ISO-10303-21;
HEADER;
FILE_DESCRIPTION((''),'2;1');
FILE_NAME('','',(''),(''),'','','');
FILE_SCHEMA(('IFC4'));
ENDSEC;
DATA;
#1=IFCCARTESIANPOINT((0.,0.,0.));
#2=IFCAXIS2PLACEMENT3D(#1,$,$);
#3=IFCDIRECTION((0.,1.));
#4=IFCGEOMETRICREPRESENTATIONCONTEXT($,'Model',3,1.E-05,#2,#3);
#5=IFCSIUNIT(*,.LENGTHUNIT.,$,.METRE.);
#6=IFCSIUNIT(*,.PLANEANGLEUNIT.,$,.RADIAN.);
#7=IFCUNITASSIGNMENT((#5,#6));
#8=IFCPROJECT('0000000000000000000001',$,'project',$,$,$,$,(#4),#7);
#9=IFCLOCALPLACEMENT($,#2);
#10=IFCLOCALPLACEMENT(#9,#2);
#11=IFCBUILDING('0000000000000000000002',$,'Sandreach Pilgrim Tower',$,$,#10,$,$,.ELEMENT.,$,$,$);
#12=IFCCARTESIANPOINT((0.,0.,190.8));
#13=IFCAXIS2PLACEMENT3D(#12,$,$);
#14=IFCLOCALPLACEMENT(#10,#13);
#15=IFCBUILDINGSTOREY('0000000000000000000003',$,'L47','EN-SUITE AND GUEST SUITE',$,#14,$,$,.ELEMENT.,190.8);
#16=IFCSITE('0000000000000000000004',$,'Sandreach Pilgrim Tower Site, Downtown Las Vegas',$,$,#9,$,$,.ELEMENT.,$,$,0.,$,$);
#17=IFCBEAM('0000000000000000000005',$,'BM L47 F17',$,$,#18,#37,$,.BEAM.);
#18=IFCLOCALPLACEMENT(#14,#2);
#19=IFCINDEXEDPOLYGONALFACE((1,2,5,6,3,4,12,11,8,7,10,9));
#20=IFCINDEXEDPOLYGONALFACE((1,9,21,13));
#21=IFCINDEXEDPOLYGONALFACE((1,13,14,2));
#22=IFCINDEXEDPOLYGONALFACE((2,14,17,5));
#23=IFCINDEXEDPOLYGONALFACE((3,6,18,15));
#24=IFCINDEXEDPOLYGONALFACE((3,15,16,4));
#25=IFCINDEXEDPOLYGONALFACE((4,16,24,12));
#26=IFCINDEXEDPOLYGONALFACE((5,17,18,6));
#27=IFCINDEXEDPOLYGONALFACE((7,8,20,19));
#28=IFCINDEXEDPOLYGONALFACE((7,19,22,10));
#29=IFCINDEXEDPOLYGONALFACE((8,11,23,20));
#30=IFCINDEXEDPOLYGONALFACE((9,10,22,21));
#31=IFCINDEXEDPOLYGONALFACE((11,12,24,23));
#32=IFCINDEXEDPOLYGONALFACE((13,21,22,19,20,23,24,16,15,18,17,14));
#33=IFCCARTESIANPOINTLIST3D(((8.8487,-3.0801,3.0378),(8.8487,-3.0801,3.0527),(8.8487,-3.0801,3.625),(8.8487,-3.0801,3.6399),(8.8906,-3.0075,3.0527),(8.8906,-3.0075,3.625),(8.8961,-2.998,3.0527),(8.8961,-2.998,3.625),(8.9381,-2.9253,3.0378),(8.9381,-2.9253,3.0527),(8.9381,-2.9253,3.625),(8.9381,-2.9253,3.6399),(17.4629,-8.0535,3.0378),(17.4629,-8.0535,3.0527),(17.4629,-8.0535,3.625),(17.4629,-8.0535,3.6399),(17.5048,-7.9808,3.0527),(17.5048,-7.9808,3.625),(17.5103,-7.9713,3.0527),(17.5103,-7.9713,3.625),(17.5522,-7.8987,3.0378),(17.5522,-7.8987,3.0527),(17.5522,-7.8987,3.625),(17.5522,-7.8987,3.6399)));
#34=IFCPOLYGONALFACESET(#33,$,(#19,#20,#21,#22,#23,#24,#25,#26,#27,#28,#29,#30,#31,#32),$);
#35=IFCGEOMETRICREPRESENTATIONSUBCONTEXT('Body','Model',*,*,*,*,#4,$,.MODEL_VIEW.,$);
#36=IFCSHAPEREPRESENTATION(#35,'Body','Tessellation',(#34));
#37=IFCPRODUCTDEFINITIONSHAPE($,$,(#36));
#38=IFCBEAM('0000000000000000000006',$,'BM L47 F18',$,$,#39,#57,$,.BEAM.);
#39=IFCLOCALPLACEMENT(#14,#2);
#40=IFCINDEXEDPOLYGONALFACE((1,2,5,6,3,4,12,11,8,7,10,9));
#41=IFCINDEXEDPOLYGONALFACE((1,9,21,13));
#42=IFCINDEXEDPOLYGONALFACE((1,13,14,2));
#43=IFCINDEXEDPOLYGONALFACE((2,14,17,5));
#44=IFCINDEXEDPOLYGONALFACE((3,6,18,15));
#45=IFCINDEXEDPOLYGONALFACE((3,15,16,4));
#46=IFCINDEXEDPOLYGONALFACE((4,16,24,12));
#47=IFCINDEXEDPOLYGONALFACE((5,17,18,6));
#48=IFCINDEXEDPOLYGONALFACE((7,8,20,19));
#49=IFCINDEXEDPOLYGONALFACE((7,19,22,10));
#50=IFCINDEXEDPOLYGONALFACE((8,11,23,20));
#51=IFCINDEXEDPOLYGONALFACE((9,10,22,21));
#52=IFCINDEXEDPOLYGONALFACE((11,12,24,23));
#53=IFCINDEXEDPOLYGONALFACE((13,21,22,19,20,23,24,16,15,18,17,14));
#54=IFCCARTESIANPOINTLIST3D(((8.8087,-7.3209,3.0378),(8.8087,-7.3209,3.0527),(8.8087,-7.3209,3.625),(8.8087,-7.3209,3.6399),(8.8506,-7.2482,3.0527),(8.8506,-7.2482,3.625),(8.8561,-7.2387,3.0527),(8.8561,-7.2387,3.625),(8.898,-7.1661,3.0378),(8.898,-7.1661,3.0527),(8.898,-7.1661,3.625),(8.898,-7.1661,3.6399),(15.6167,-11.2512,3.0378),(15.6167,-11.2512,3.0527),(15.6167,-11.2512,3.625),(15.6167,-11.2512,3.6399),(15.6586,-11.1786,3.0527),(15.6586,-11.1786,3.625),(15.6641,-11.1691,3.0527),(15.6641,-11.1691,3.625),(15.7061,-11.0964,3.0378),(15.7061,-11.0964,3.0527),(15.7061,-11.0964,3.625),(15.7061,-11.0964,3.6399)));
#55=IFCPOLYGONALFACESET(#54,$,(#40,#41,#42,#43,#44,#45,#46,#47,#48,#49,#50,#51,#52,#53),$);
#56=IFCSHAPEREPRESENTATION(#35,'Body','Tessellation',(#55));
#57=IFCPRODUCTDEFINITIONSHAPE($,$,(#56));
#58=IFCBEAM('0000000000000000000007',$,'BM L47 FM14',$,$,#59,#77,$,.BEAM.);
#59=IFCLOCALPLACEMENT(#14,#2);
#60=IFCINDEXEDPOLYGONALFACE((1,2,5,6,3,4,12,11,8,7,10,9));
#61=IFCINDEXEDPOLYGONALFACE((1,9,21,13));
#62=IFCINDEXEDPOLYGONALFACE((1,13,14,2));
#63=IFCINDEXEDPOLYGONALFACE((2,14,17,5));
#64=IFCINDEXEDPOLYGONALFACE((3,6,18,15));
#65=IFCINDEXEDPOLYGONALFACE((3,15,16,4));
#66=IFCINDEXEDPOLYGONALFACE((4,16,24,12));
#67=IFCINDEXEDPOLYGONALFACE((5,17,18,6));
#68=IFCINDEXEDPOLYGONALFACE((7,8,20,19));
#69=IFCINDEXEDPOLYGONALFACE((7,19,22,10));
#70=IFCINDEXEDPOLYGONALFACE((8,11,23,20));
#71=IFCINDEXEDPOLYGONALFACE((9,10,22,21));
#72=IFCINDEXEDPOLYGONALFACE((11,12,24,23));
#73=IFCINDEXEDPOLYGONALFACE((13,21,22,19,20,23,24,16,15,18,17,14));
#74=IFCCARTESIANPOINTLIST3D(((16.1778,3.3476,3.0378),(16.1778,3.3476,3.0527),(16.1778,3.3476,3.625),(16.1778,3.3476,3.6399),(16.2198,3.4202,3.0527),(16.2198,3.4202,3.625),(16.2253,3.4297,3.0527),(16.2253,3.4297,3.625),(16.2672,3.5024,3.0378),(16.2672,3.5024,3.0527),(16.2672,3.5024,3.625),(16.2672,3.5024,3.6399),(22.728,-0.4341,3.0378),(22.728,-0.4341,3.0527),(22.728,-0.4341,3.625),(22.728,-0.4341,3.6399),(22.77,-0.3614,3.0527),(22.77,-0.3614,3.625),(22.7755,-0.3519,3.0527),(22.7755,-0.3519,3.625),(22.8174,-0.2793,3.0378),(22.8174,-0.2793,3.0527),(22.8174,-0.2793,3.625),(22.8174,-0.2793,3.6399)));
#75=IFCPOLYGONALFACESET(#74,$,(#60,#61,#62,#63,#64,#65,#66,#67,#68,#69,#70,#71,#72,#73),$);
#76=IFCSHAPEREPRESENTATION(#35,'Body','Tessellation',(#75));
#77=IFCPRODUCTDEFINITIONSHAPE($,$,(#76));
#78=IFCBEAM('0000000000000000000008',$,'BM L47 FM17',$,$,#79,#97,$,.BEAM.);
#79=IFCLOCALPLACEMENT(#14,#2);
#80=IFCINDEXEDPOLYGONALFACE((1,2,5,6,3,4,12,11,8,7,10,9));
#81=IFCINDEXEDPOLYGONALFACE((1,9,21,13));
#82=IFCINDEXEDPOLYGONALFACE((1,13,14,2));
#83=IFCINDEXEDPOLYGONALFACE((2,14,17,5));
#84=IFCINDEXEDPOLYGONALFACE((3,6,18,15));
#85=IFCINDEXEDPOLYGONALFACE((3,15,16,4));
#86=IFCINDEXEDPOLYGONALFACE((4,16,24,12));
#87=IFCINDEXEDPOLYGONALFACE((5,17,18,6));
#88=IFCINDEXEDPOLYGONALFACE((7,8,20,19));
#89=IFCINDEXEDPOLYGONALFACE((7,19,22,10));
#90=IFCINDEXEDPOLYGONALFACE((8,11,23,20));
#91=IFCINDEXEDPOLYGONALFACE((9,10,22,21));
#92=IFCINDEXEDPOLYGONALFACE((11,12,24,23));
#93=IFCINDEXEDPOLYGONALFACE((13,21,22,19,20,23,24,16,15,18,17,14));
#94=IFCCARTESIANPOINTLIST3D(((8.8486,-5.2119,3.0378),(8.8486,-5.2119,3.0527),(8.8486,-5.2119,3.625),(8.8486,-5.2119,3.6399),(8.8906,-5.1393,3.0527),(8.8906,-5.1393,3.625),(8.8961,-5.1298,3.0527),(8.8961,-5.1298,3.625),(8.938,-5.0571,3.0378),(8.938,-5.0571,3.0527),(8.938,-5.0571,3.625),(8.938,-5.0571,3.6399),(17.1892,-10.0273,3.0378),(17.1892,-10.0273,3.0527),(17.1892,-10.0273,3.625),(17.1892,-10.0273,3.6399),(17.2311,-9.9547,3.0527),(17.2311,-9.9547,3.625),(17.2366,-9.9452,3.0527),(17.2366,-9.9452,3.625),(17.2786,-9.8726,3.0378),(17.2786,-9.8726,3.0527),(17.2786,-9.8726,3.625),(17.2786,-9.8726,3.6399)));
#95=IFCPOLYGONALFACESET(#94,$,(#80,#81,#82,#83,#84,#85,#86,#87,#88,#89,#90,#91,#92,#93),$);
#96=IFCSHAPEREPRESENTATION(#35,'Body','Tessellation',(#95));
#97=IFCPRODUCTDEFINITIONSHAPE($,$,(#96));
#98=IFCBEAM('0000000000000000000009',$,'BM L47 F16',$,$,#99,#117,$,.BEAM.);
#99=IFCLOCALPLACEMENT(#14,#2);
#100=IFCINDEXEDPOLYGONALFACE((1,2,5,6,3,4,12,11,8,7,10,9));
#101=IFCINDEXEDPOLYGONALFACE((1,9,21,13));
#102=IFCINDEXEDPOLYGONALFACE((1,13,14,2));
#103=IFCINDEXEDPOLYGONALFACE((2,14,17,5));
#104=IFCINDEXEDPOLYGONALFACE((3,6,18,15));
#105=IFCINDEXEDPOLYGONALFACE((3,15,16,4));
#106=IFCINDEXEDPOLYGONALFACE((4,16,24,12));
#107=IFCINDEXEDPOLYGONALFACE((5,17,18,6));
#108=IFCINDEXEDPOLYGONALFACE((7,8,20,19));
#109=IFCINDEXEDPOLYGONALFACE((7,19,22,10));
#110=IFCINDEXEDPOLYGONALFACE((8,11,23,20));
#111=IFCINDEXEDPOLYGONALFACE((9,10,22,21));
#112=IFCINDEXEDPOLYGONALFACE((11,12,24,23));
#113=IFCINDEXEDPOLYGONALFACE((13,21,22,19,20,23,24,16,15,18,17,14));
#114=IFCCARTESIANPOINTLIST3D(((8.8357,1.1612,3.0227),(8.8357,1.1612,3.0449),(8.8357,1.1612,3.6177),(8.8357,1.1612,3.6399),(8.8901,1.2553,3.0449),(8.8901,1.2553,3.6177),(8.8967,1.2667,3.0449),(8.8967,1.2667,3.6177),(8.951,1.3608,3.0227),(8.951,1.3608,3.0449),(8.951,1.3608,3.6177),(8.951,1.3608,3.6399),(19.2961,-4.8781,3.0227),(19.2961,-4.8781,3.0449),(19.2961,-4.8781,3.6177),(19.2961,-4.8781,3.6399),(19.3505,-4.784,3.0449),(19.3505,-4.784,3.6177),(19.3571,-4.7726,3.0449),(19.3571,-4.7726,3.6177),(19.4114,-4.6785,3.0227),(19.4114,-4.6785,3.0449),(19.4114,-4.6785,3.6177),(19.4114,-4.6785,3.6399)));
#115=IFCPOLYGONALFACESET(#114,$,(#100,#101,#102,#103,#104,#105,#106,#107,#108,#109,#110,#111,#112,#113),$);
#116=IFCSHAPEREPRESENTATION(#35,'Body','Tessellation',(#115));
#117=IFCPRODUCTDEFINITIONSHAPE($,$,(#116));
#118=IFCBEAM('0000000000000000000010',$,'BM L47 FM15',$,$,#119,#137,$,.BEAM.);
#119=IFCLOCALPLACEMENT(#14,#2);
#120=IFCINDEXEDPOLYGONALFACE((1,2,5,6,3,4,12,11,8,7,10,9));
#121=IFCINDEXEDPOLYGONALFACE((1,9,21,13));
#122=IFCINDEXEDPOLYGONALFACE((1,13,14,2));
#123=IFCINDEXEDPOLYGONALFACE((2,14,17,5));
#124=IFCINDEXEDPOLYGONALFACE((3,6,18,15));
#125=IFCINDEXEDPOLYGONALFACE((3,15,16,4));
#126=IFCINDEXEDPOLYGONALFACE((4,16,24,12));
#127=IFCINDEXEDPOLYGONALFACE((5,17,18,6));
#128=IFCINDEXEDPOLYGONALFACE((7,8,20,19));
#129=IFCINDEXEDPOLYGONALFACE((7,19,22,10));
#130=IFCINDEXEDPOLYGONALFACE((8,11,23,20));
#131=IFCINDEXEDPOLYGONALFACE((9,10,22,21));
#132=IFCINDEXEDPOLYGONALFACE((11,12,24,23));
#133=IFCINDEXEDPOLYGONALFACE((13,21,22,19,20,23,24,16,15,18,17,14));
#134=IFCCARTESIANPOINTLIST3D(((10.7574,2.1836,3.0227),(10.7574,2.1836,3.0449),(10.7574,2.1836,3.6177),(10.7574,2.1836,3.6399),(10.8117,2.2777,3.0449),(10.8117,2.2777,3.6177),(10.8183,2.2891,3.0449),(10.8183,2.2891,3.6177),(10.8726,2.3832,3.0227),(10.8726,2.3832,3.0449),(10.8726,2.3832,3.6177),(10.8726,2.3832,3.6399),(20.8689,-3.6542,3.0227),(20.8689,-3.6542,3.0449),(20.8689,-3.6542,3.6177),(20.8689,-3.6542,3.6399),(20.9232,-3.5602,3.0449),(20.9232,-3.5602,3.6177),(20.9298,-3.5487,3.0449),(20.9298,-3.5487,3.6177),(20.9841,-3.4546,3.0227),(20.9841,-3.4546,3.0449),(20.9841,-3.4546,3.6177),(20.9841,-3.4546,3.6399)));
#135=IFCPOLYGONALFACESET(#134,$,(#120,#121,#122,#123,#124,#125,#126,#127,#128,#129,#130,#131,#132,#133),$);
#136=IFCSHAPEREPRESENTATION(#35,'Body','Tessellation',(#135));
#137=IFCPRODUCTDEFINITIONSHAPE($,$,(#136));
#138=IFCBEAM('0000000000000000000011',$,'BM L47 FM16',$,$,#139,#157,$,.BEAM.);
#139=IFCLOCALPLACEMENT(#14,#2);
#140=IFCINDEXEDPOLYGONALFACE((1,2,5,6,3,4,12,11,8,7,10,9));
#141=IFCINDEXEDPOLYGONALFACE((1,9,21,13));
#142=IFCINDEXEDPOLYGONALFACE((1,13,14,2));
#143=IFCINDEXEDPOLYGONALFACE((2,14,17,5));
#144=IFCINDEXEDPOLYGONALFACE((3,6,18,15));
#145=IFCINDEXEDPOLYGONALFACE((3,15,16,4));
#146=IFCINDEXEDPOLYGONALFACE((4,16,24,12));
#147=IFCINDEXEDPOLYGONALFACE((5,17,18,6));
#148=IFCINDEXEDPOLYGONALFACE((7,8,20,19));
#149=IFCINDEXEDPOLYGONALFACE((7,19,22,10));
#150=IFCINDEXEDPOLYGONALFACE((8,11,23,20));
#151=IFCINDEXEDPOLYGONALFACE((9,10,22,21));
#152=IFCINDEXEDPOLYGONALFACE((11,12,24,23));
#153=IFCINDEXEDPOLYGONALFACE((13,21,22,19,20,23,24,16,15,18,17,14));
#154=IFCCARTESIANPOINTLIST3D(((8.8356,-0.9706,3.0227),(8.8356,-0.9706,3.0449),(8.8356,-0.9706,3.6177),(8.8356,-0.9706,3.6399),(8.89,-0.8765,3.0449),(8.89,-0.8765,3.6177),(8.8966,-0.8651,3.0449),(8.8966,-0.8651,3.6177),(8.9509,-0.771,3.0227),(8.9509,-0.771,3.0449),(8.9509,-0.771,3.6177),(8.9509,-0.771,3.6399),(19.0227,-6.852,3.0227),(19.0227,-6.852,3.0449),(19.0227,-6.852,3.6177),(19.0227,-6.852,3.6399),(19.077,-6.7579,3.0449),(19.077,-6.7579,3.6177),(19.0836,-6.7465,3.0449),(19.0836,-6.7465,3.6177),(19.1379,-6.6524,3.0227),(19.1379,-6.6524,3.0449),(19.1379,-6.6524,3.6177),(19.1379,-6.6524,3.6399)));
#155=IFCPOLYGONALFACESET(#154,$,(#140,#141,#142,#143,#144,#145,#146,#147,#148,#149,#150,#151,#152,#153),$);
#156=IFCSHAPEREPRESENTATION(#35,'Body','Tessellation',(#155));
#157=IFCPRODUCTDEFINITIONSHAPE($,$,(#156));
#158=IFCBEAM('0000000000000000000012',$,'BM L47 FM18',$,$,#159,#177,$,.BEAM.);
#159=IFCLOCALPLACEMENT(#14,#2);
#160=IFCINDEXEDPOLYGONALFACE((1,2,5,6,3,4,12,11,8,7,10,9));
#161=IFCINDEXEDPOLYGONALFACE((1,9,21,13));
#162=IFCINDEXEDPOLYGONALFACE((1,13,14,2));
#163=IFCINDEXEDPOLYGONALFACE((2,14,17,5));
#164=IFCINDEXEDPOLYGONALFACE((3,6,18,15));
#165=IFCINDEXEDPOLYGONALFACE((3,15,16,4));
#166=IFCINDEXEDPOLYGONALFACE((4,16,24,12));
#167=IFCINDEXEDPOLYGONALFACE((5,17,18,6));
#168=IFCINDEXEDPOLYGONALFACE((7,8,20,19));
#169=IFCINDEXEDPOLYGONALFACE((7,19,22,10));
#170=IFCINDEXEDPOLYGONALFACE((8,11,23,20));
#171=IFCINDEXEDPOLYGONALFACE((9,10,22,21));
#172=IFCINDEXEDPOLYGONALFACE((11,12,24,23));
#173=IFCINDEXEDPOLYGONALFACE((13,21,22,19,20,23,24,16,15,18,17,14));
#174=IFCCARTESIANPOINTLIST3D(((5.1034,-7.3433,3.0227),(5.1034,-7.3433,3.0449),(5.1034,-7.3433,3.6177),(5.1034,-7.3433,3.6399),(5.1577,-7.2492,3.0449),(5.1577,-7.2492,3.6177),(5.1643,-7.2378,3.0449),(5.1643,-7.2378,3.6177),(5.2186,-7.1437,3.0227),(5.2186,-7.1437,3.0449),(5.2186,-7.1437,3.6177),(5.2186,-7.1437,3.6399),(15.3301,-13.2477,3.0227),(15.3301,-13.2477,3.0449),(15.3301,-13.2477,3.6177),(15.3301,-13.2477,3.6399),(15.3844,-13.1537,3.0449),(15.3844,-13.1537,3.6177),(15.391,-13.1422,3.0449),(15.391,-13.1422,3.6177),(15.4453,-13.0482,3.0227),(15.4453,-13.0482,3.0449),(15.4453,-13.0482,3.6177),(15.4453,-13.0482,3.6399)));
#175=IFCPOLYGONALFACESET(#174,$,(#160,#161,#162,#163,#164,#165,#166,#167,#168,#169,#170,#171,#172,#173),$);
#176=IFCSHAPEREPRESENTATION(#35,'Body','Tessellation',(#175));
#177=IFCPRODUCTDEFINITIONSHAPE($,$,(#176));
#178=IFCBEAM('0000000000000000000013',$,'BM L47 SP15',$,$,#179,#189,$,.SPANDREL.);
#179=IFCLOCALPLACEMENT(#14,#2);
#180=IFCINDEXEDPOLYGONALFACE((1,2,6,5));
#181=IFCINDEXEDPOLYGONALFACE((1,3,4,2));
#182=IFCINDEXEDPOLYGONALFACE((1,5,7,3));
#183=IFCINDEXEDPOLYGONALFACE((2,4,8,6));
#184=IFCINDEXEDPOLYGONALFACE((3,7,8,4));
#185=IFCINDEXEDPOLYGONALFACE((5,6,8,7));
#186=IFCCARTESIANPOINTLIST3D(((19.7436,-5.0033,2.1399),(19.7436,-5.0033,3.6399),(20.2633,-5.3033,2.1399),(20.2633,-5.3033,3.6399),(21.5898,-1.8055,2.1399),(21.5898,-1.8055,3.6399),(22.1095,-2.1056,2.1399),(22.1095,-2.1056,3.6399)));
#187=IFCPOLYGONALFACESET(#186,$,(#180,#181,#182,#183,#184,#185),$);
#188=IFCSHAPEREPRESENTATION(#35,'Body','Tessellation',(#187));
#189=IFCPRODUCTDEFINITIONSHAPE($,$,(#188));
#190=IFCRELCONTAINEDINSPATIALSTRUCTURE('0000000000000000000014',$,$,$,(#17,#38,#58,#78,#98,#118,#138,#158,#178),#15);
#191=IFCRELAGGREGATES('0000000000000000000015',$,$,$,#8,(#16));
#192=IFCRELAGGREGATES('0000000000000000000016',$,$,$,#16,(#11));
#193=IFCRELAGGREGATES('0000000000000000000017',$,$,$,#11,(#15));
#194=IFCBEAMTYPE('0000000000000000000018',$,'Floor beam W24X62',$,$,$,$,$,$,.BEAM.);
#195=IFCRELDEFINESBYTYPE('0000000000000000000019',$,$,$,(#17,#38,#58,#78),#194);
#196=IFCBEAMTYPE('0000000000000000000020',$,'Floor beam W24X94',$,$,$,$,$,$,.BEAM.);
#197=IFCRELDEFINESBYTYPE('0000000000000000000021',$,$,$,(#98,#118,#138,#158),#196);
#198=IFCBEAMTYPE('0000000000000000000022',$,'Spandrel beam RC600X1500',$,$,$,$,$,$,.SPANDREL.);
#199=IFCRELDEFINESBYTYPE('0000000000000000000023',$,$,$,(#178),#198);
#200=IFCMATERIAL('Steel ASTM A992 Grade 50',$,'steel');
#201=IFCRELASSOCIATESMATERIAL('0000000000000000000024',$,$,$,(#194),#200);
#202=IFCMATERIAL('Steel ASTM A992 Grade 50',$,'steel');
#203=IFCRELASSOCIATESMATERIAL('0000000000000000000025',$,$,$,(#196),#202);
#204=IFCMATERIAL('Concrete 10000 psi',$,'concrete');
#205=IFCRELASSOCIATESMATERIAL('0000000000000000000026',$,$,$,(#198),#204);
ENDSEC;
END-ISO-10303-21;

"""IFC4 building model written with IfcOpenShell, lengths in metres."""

from ifc_helpers import new_model, si_unit, direction, frame, origin, origin_2d, place, context, subcontext, project, spatial, rectangle, i_section, extrude, material, material_profile, profile_set, type_object, element, save


model = new_model("IFC4")

# Units and contexts
model_context = context("Model", 3, precision=1e-05, world=origin(), true_north=direction((0.0, 1.0)))
body_context = subcontext(model_context, "Body", "Model", "MODEL_VIEW")
ifc_project = project(units=[si_unit("LENGTHUNIT", "METRE"), si_unit("PLANEANGLEUNIT", "RADIAN")], contexts=[model_context])

# Site, building, storey
site_placement = place(None, origin())
site = spatial("IfcSite", under=ifc_project, at=site_placement, Name="Sandreach Pilgrim Tower Site, Downtown Las Vegas", CompositionType="ELEMENT", RefElevation=0.0)
building_placement = place(site_placement, origin())
building = spatial("IfcBuilding", under=site, at=building_placement, Name="Sandreach Pilgrim Tower", CompositionType="ELEMENT")
storey_placement = place(building_placement, frame((0.0, 0.0, 190.8)))
storey = spatial("IfcBuildingStorey", under=building, at=storey_placement, Name="L47", Description="EN-SUITE AND GUEST SUITE", CompositionType="ELEMENT", Elevation=190.8)

# Beams
ifc_material_1 = material(Name="Steel ASTM A992 Grade 50", Category="steel")
ifc_material_profile_1 = material_profile(ifc_material_1, i_section(OverallWidth=0.1787, OverallDepth=0.6021, WebThickness=0.011, FlangeThickness=0.0149, at=origin_2d()), Name="W24X62")
ifc_profile_set_1 = profile_set([ifc_material_profile_1], Name="Steel ASTM A992 Grade 50")
beam_type_1 = type_object("IfcBeamType", Name="Floor beam W24X62", PredefinedType="BEAM", material=ifc_profile_set_1)
beam_1_placement = place(storey_placement, frame((17.5076, -7.9761, 3.3389), z_axis=(-0.866028, 0.499996, 0.0), x_axis=(-0.499996, -0.866028, 0.0)))
element("IfcBeam", 1, at=beam_1_placement, inside=storey, type_object=beam_type_1, Name="BM L47 F17", PredefinedType="BEAM", context=body_context, shape_type="SweptSolid", body=[
    extrude(i_section(OverallWidth=0.1787, OverallDepth=0.6021, WebThickness=0.011, FlangeThickness=0.0149, at=origin_2d()), origin(), (0.0, 0.0, 1.0), 9.9468),
])
beam_2_placement = place(storey_placement, frame((15.6614, -11.1738, 3.3389), z_axis=(-0.866039, 0.499977, 0.0), x_axis=(-0.499977, -0.866039, 0.0)))
element("IfcBeam", 2, at=beam_2_placement, inside=storey, type_object=beam_type_1, Name="BM L47 F18", PredefinedType="BEAM", context=body_context, shape_type="SweptSolid", body=[
    extrude(i_section(OverallWidth=0.1787, OverallDepth=0.6021, WebThickness=0.011, FlangeThickness=0.0149, at=origin_2d()), origin(), (0.0, 0.0, 1.0), 7.8611),
])
beam_3_placement = place(storey_placement, frame((22.7727, -0.3567, 3.3389), z_axis=(-0.86603, 0.499993, 0.0), x_axis=(-0.499993, -0.86603, 0.0)))
element("IfcBeam", 3, at=beam_3_placement, inside=storey, type_object=beam_type_1, Name="BM L47 FM14", PredefinedType="BEAM", context=body_context, shape_type="SweptSolid", body=[
    extrude(i_section(OverallWidth=0.1787, OverallDepth=0.6021, WebThickness=0.011, FlangeThickness=0.0149, at=origin_2d()), origin(), (0.0, 0.0, 1.0), 7.5635),
])
beam_4_placement = place(storey_placement, frame((17.2339, -9.95, 3.3389), z_axis=(-0.866026, 0.5, 0.0), x_axis=(-0.5, -0.866026, 0.0)))
element("IfcBeam", 4, at=beam_4_placement, inside=storey, type_object=beam_type_1, Name="BM L47 FM17", PredefinedType="BEAM", context=body_context, shape_type="SweptSolid", body=[
    extrude(i_section(OverallWidth=0.1787, OverallDepth=0.6021, WebThickness=0.011, FlangeThickness=0.0149, at=origin_2d()), origin(), (0.0, 0.0, 1.0), 9.6309),
])
ifc_material_2 = material(Name="Steel ASTM A992 Grade 50", Category="steel")
ifc_material_profile_2 = material_profile(ifc_material_2, i_section(OverallWidth=0.2305, OverallDepth=0.6172, WebThickness=0.0132, FlangeThickness=0.0222, at=origin_2d()), Name="W24X94")
ifc_profile_set_2 = profile_set([ifc_material_profile_2], Name="Steel ASTM A992 Grade 50")
beam_type_2 = type_object("IfcBeamType", Name="Floor beam W24X94", PredefinedType="BEAM", material=ifc_profile_set_2)
beam_5_placement = place(storey_placement, frame((19.3538, -4.7783, 3.3313), z_axis=(-0.866027, 0.499998, 0.0), x_axis=(-0.499998, -0.866027, 0.0)))
element("IfcBeam", 5, at=beam_5_placement, inside=storey, type_object=beam_type_2, Name="BM L47 F16", PredefinedType="BEAM", context=body_context, shape_type="SweptSolid", body=[
    extrude(i_section(OverallWidth=0.2305, OverallDepth=0.6172, WebThickness=0.0132, FlangeThickness=0.0222, at=origin_2d()), origin(), (0.0, 0.0, 1.0), 12.0786),
])
beam_6_placement = place(storey_placement, frame((20.9265, -3.5544, 3.3313), z_axis=(-0.866026, 0.499998, 0.0), x_axis=(-0.499998, -0.866026, 0.0)))
element("IfcBeam", 6, at=beam_6_placement, inside=storey, type_object=beam_type_2, Name="BM L47 FM15", PredefinedType="BEAM", context=body_context, shape_type="SweptSolid", body=[
    extrude(i_section(OverallWidth=0.2305, OverallDepth=0.6172, WebThickness=0.0132, FlangeThickness=0.0222, at=origin_2d()), origin(), (0.0, 0.0, 1.0), 11.6758),
])
beam_7_placement = place(storey_placement, frame((19.0803, -6.7522, 3.3313), z_axis=(-0.86603, 0.499992, 0.0), x_axis=(-0.499992, -0.86603, 0.0)))
element("IfcBeam", 7, at=beam_7_placement, inside=storey, type_object=beam_type_2, Name="BM L47 FM16", PredefinedType="BEAM", context=body_context, shape_type="SweptSolid", body=[
    extrude(i_section(OverallWidth=0.2305, OverallDepth=0.6172, WebThickness=0.0132, FlangeThickness=0.0222, at=origin_2d()), origin(), (0.0, 0.0, 1.0), 11.7629),
])
beam_8_placement = place(storey_placement, frame((15.3877, -13.1479, 3.3313), z_axis=(-0.866022, 0.500006, 0.0), x_axis=(-0.500006, -0.866022, 0.0)))
element("IfcBeam", 8, at=beam_8_placement, inside=storey, type_object=beam_type_2, Name="BM L47 FM18", PredefinedType="BEAM", context=body_context, shape_type="SweptSolid", body=[
    extrude(i_section(OverallWidth=0.2305, OverallDepth=0.6172, WebThickness=0.0132, FlangeThickness=0.0222, at=origin_2d()), origin(), (0.0, 0.0, 1.0), 11.8088),
])
ifc_material_3 = material(Name="Concrete 10000 psi", Category="concrete")
ifc_material_profile_3 = material_profile(ifc_material_3, rectangle(XDim=0.6001, YDim=1.5, at=origin_2d()), Name="RC600X1500")
ifc_profile_set_3 = profile_set([ifc_material_profile_3], Name="Concrete 10000 psi")
beam_type_3 = type_object("IfcBeamType", Name="Spandrel beam RC600X1500", PredefinedType="SPANDREL", material=ifc_profile_set_3)
for number, where, z_axis, x_axis, name in (
    (9, (21.8496, -1.9556, 2.8899), (-0.499993, -0.866029, 0.0), (0.866029, -0.499993, 0.0), "BM L47 SP15"),
):
    element("IfcBeam", number, at=place(storey_placement, frame(where, z_axis=z_axis, x_axis=x_axis)), inside=storey, type_object=beam_type_3, Name=name, PredefinedType="SPANDREL", context=body_context, shape_type="SweptSolid", body=[
        extrude(rectangle(XDim=0.6001, YDim=1.5, at=origin_2d()), origin(), (0.0, 0.0, 1.0), 3.6924),
    ])

save(model, "model.ifc")
